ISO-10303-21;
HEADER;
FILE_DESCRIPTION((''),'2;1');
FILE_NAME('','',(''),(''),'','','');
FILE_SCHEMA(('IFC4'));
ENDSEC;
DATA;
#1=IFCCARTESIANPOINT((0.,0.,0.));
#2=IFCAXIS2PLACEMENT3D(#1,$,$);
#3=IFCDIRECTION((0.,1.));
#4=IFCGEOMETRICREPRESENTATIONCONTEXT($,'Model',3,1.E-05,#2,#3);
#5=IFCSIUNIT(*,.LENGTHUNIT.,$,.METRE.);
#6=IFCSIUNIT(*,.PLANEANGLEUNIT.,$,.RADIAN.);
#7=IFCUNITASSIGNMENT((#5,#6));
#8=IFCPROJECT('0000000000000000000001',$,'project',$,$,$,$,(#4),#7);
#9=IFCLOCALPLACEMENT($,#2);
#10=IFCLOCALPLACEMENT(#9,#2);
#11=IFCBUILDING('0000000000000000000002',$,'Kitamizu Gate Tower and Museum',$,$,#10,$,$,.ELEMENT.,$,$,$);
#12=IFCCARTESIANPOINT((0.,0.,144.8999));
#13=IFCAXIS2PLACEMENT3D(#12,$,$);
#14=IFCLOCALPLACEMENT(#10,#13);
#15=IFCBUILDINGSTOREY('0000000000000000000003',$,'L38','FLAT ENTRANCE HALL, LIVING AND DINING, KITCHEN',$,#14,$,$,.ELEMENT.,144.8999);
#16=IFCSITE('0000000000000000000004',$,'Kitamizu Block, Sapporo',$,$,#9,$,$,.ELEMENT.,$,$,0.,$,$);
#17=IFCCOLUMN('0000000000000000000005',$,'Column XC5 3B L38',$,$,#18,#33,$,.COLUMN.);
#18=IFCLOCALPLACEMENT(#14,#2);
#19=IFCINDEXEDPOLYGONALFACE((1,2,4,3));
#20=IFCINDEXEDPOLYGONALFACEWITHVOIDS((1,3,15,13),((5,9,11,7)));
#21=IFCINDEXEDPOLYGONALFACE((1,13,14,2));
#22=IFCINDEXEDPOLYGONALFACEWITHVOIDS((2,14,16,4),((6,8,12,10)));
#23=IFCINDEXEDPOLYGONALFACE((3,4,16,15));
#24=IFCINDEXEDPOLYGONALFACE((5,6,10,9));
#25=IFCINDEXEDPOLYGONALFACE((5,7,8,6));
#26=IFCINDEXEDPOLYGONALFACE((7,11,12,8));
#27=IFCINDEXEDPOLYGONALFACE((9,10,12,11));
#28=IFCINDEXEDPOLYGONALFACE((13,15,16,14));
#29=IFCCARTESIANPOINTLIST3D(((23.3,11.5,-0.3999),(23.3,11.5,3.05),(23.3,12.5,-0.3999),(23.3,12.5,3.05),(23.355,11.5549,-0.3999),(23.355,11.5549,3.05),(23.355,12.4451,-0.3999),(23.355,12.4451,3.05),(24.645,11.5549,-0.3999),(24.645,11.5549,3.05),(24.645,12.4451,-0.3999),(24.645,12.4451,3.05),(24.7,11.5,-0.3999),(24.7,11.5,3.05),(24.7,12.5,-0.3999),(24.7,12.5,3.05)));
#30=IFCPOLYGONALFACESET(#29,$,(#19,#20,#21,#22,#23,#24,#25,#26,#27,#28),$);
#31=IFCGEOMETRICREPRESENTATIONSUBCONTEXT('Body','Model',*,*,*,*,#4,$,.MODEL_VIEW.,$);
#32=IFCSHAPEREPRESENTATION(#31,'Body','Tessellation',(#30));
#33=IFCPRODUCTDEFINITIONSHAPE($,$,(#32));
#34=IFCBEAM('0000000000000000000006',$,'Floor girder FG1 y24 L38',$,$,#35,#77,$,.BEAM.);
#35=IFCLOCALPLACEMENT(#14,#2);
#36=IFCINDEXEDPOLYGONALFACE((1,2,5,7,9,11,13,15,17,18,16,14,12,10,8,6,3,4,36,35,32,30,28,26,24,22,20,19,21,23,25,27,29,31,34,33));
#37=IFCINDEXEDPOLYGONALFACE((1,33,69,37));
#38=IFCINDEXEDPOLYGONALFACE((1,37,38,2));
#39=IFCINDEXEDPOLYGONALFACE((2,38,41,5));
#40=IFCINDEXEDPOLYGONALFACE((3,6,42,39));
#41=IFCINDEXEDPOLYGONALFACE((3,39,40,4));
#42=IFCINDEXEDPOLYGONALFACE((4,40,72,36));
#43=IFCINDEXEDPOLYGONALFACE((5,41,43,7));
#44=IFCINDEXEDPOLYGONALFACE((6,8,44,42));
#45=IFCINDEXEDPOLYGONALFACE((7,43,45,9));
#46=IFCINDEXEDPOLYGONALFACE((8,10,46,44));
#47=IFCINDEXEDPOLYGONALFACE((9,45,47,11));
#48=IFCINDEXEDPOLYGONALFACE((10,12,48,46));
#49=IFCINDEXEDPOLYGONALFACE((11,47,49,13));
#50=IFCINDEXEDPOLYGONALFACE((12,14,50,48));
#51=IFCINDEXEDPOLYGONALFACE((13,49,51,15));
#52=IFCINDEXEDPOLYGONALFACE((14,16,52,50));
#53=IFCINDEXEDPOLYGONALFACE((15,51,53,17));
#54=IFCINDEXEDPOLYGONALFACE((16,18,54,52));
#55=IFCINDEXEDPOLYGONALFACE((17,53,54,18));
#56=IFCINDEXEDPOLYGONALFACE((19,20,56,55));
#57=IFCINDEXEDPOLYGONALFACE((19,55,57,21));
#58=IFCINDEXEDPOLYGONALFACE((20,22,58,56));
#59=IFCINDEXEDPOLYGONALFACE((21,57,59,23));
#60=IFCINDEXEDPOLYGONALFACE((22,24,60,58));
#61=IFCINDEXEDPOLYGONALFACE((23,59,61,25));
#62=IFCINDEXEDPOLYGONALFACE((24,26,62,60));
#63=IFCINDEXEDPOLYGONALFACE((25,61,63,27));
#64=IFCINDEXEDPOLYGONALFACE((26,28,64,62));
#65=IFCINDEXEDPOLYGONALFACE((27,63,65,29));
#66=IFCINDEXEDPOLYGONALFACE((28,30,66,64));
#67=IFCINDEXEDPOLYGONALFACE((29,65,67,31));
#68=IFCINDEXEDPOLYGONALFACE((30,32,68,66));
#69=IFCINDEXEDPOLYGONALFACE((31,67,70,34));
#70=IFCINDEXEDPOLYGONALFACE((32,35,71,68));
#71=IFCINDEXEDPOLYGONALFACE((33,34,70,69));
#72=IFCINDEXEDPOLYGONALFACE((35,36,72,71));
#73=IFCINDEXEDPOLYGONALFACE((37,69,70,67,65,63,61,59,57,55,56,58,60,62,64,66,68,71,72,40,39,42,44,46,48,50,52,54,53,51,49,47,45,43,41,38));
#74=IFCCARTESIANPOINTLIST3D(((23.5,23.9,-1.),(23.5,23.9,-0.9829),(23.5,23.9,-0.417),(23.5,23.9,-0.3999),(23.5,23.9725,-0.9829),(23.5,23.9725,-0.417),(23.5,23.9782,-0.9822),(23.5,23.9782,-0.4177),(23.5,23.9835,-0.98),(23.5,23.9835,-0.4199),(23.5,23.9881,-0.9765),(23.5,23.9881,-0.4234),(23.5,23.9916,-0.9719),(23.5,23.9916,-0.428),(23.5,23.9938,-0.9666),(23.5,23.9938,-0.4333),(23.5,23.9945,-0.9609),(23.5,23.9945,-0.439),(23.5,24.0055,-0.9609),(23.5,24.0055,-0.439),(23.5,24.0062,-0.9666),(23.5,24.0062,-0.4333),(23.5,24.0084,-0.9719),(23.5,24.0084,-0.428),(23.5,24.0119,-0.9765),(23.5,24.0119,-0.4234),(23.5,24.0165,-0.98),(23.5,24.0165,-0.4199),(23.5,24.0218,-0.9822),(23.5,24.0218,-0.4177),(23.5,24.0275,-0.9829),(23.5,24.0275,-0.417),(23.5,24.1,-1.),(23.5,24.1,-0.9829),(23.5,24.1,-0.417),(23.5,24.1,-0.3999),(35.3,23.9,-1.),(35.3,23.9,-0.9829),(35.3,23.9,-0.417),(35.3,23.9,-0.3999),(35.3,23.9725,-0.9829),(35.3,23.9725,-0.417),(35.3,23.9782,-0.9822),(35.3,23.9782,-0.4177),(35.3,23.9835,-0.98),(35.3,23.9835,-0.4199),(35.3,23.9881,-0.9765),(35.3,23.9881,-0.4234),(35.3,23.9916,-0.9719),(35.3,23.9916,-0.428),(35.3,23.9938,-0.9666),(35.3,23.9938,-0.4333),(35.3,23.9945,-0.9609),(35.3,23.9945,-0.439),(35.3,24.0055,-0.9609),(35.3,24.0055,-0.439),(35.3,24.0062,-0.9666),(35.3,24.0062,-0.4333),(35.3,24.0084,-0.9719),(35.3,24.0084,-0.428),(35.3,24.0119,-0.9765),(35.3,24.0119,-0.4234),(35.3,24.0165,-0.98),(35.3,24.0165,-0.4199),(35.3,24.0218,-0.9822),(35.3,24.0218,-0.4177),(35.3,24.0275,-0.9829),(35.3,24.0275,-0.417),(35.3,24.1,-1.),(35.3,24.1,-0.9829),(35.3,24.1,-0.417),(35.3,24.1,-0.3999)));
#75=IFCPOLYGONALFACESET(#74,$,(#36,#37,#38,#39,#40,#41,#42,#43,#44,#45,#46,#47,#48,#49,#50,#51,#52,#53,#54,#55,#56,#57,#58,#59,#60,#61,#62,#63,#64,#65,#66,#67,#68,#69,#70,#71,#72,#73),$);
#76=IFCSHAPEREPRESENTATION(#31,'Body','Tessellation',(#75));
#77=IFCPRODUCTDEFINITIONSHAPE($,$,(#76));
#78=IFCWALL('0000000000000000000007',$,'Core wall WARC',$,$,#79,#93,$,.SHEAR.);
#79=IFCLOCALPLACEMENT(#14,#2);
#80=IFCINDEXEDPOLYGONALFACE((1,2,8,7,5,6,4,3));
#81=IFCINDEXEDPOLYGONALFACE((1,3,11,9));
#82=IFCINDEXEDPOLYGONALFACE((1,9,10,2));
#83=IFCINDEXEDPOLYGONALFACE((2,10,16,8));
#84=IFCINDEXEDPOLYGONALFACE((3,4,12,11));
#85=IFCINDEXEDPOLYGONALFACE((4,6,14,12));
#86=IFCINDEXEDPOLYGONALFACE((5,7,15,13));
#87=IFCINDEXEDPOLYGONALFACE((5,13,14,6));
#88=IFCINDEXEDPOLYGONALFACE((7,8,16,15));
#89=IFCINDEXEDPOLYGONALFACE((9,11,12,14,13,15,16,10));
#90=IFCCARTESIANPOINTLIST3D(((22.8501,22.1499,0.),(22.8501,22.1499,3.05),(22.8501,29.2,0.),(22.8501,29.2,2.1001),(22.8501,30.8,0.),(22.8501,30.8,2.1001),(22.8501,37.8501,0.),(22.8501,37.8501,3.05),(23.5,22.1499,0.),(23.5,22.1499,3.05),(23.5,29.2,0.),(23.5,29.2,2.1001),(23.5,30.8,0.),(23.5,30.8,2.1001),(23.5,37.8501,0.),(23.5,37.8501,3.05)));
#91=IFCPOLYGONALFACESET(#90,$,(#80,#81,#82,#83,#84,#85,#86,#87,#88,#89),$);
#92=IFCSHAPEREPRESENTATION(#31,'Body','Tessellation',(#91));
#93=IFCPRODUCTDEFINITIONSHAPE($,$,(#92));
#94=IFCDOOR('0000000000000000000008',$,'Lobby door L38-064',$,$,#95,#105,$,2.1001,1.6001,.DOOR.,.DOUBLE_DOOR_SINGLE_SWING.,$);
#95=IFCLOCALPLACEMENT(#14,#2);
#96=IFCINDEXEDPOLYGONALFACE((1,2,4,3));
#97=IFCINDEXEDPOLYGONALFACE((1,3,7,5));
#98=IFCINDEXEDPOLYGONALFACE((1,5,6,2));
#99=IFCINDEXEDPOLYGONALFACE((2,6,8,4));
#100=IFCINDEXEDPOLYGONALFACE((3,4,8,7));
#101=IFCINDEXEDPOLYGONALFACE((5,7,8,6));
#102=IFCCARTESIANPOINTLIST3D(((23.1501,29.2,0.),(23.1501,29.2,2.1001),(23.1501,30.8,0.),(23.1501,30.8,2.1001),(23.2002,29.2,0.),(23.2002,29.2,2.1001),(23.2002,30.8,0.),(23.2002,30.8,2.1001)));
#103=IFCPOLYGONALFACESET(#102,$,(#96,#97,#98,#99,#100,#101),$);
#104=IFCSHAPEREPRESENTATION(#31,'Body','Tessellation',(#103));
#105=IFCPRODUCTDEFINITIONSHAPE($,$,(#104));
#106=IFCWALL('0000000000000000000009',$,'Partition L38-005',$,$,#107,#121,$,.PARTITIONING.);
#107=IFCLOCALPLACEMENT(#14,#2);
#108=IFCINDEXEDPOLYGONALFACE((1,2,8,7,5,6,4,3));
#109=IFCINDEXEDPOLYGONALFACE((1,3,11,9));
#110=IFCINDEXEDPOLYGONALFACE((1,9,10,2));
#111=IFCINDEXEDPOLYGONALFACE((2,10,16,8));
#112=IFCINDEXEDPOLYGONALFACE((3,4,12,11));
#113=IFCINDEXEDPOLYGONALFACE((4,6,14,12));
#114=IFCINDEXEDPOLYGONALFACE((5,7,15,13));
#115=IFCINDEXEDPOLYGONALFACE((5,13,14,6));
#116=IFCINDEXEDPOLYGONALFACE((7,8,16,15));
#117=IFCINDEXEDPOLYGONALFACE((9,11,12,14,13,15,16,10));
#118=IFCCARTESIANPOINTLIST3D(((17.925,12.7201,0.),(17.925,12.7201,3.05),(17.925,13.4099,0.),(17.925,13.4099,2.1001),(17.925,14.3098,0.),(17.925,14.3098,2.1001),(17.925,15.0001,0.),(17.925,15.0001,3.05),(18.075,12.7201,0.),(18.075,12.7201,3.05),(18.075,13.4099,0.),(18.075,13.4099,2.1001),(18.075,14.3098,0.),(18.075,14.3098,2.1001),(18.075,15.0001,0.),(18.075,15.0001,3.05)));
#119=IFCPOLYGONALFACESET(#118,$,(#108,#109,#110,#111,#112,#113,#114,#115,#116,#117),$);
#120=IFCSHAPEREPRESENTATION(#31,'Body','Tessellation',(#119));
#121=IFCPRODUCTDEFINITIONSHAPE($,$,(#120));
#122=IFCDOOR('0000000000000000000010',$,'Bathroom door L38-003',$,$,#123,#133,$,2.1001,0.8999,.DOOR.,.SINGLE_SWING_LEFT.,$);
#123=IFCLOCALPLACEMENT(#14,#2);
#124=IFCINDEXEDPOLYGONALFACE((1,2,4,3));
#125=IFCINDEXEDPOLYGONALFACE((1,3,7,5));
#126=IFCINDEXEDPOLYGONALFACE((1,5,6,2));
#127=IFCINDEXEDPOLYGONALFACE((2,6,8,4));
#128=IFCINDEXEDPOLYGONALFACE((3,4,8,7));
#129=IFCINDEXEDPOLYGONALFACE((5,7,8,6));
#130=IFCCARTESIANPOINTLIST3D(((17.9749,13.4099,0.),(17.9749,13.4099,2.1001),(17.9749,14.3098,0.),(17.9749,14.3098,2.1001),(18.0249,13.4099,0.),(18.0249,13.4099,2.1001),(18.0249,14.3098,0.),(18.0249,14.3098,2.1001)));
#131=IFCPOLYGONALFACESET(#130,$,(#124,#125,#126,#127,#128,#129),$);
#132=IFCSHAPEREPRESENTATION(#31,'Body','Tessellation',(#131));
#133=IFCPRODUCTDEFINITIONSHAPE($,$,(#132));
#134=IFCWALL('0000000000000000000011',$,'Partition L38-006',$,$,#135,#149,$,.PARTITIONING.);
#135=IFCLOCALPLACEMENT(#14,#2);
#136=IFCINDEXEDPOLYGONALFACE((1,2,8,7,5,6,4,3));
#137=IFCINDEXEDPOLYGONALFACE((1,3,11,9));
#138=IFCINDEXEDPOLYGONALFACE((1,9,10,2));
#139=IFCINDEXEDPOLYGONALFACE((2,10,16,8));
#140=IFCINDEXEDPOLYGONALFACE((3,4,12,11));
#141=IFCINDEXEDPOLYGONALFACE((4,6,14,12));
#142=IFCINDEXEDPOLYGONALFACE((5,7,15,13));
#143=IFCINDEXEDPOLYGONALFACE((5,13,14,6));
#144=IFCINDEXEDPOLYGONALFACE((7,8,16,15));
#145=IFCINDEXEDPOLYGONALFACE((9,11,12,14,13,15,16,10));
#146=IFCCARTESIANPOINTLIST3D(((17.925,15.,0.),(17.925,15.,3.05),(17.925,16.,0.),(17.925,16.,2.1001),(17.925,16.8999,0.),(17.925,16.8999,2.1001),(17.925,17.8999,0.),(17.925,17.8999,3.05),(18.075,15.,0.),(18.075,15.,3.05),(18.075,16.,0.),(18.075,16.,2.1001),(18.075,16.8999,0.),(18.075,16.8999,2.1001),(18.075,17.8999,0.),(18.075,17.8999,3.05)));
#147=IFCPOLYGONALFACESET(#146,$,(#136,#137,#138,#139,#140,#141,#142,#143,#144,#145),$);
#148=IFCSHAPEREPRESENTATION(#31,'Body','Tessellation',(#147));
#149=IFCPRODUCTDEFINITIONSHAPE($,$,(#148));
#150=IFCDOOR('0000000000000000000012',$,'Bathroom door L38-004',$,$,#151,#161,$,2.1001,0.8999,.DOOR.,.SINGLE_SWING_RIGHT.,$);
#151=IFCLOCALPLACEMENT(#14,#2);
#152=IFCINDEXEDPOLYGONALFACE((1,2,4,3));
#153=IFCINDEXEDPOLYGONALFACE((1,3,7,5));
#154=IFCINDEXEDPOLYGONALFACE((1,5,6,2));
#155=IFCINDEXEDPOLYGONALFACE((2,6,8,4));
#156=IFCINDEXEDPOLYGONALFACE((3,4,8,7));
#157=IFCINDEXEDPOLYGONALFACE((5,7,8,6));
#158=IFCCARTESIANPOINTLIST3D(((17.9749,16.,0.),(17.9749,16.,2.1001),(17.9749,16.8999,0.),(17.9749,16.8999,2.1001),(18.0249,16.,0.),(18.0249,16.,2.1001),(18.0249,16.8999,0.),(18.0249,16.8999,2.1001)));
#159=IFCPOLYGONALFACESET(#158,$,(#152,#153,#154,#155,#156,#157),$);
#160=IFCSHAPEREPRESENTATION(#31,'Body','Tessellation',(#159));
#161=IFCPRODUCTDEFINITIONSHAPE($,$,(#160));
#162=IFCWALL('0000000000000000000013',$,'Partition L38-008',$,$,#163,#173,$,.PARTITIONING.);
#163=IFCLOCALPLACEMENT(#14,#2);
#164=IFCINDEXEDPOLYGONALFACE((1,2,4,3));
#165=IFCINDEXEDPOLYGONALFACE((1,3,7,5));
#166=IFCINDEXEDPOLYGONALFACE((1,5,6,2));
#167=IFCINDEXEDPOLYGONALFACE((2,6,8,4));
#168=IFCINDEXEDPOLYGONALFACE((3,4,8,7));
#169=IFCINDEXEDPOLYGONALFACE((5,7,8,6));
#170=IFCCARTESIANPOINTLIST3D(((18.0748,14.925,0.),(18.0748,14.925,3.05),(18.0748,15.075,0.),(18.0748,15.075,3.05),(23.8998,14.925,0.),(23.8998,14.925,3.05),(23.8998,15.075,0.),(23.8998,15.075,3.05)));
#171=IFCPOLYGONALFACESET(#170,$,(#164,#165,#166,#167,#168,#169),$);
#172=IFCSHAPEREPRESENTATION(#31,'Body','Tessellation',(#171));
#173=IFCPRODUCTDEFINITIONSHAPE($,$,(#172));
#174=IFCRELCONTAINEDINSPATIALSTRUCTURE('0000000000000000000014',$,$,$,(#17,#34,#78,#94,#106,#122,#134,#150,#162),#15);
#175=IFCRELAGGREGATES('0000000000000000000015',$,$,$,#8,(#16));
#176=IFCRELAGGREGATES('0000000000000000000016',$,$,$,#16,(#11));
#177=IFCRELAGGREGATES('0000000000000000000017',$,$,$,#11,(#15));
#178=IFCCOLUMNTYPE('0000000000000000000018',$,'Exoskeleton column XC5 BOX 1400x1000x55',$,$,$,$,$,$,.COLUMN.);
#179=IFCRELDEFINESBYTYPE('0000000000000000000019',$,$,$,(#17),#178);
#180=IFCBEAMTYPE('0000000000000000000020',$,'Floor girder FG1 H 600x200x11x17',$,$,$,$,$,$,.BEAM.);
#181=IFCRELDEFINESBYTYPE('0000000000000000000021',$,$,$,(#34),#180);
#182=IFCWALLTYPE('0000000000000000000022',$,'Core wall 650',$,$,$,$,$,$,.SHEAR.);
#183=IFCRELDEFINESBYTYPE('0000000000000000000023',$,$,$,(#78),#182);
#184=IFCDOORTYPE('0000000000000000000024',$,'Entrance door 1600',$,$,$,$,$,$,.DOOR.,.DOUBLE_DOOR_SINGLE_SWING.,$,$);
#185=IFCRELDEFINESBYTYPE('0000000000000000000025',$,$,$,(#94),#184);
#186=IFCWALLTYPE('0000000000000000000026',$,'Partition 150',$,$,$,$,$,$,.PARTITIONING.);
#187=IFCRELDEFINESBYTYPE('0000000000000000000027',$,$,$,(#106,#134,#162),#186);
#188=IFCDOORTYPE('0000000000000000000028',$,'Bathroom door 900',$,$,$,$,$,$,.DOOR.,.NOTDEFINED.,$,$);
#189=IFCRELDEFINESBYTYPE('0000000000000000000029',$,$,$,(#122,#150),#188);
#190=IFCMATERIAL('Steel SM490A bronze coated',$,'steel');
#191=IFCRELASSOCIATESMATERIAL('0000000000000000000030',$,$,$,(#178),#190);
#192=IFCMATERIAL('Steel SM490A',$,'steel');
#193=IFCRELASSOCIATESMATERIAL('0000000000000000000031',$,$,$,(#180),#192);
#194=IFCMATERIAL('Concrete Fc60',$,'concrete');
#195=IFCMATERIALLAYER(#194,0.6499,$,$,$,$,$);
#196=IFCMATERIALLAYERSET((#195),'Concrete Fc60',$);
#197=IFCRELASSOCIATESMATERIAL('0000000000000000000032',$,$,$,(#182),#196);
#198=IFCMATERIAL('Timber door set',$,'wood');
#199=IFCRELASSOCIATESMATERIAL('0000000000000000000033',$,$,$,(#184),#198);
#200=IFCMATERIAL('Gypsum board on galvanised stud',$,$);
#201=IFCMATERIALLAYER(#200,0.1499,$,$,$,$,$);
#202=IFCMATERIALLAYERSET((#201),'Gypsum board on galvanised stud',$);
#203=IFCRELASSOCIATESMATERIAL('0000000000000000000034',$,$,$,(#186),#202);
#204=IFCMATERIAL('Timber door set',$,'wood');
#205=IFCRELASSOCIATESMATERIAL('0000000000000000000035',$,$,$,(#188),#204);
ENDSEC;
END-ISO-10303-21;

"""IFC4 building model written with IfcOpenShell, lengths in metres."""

from ifc_helpers import new_model, si_unit, direction, frame, frame_2d, origin, origin_2d, place, context, subcontext, project, spatial, rectangle, hollow_rectangle, i_section, extrude, material, layer, layer_set, material_profile, profile_set, type_object, element, fill, save


model = new_model("IFC4")

# Units and contexts
model_context = context("Model", 3, precision=1e-05, world=origin(), true_north=direction((0.0, 1.0)))
body_context = subcontext(model_context, "Body", "Model", "MODEL_VIEW")
ifc_project = project(units=[si_unit("LENGTHUNIT", "METRE"), si_unit("PLANEANGLEUNIT", "RADIAN")], contexts=[model_context])

# Site, building, storey
site_placement = place(None, origin())
site = spatial("IfcSite", under=ifc_project, at=site_placement, Name="Kitamizu Block, Sapporo", CompositionType="ELEMENT", RefElevation=0.0)
building_placement = place(site_placement, origin())
building = spatial("IfcBuilding", under=site, at=building_placement, Name="Kitamizu Gate Tower and Museum", CompositionType="ELEMENT")
storey_placement = place(building_placement, frame((0.0, 0.0, 144.8999)))
storey = spatial("IfcBuildingStorey", under=building, at=storey_placement, Name="L38", Description="FLAT ENTRANCE HALL, LIVING AND DINING, KITCHEN", CompositionType="ELEMENT", Elevation=144.8999)

# Column
ifc_material_1 = material(Name="Steel SM490A bronze coated", Category="steel")
ifc_material_profile_1 = material_profile(ifc_material_1, hollow_rectangle(XDim=1.3999, YDim=1.0, WallThickness=0.0549, at=origin_2d()), Name="BOX 1400x1000x55")
ifc_profile_set_1 = profile_set([ifc_material_profile_1], Name="Steel SM490A bronze coated")
column_type = type_object("IfcColumnType", Name="Exoskeleton column XC5 BOX 1400x1000x55", PredefinedType="COLUMN", material=ifc_profile_set_1)
column_placement = place(storey_placement, frame((24.0, 12.0, -0.3999), z_axis=(0.0, 0.0, 1.0), x_axis=(1.0, 0.0, 0.0)))
element("IfcColumn", 1, at=column_placement, inside=storey, type_object=column_type, Name="Column XC5 3B L38", PredefinedType="COLUMN", context=body_context, shape_type="SweptSolid", body=[
    extrude(hollow_rectangle(XDim=1.3999, YDim=1.0, WallThickness=0.0549, at=origin_2d()), origin(), (0.0, 0.0, 1.0), 3.45),
])

# Beam
ifc_material_2 = material(Name="Steel SM490A", Category="steel")
ifc_material_profile_2 = material_profile(ifc_material_2, i_section(OverallWidth=0.2, OverallDepth=0.6001, WebThickness=0.011, FlangeThickness=0.0171, FilletRadius=0.022, at=origin_2d()), Name="H-600x200x11x17")
ifc_profile_set_2 = profile_set([ifc_material_profile_2], Name="Steel SM490A")
beam_type = type_object("IfcBeamType", Name="Floor girder FG1 H 600x200x11x17", PredefinedType="BEAM", material=ifc_profile_set_2)
beam_placement = place(storey_placement, frame((23.5, 24.0, -0.7), z_axis=(1.0, 0.0, 0.0), x_axis=(0.0, 1.0, 0.0)))
element("IfcBeam", 2, at=beam_placement, inside=storey, type_object=beam_type, Name="Floor girder FG1 y24 L38", PredefinedType="BEAM", context=body_context, shape_type="SweptSolid", body=[
    extrude(i_section(OverallWidth=0.2, OverallDepth=0.6001, WebThickness=0.011, FlangeThickness=0.0171, FilletRadius=0.022, at=origin_2d()), origin(), (0.0, 0.0, 1.0), 11.8),
])

# Walls, openings, doors
ifc_material_3 = material(Name="Concrete Fc60", Category="concrete")
ifc_layer_1 = layer(ifc_material_3, 0.6499)
ifc_layer_set_1 = layer_set([ifc_layer_1], Name="Concrete Fc60")
wall_type_1 = type_object("IfcWallType", Name="Core wall 650", PredefinedType="SHEAR", material=ifc_layer_set_1)
wall_1_placement = place(storey_placement, frame((23.175, 22.1499, 0.0), z_axis=(0.0, 0.0, 1.0), x_axis=(0.0, 1.0, 0.0)))
wall_1 = element("IfcWall", 3, at=wall_1_placement, inside=storey, type_object=wall_type_1, Name="Core wall WARC", PredefinedType="SHEAR", context=body_context, shape_type="SweptSolid", body=[
    extrude(rectangle(XDim=15.7002, YDim=0.6499, at=frame_2d((7.8501, 0.0))), origin(), (0.0, 0.0, 1.0), 3.05),
])
opening_1_placement = place(wall_1_placement, frame((7.05, 0.0, 0.0)))
opening_1 = element("IfcOpeningElement", 4, at=opening_1_placement, cuts=wall_1, PredefinedType="OPENING", context=body_context, shape_type="SweptSolid", body=[
    extrude(rectangle(XDim=1.6001, YDim=2.1001, at=frame_2d((0.8, 1.05))), frame((0.0, 0.335, 0.0), z_axis=(0.0, -1.0, 0.0), x_axis=(1.0, 0.0, 0.0)), (0.0, 0.0, 1.0), 0.6699),
])
ifc_material_4 = material(Name="Timber door set", Category="wood")
door_type_1 = type_object("IfcDoorType", Name="Entrance door 1600", OperationType="DOUBLE_DOOR_SINGLE_SWING", PredefinedType="DOOR", material=ifc_material_4)
door_1_placement = place(opening_1_placement, origin())
door_1 = element("IfcDoor", 5, at=door_1_placement, inside=storey, type_object=door_type_1, Name="Lobby door L38-064", OperationType="DOUBLE_DOOR_SINGLE_SWING", OverallHeight=2.1001, OverallWidth=1.6001, PredefinedType="DOOR", context=body_context, shape_type="SweptSolid", body=[
    extrude(rectangle(XDim=1.6001, YDim=2.1001, at=frame_2d((0.8, 1.05))), frame((0.0, 0.0249, 0.0), z_axis=(0.0, -1.0, 0.0), x_axis=(1.0, 0.0, 0.0)), (0.0, 0.0, 1.0), 0.05),
])
fill(opening_1, door_1)
ifc_material_5 = material(Name="Gypsum board on galvanised stud")
ifc_layer_2 = layer(ifc_material_5, 0.1499)
ifc_layer_set_2 = layer_set([ifc_layer_2], Name="Gypsum board on galvanised stud")
wall_type_2 = type_object("IfcWallType", Name="Partition 150", PredefinedType="PARTITIONING", material=ifc_layer_set_2)
wall_2_placement = place(storey_placement, frame((18.0, 12.72, 0.0), z_axis=(0.0, 0.0, 1.0), x_axis=(0.0, 1.0, 0.0)))
wall_2 = element("IfcWall", 6, at=wall_2_placement, inside=storey, type_object=wall_type_2, Name="Partition L38-005", PredefinedType="PARTITIONING", context=body_context, shape_type="SweptSolid", body=[
    extrude(rectangle(XDim=2.28, YDim=0.1499, at=frame_2d((1.1401, 0.0))), origin(), (0.0, 0.0, 1.0), 3.05),
])
opening_2_placement = place(wall_2_placement, frame((0.6899, 0.0, 0.0)))
opening_2 = element("IfcOpeningElement", 7, at=opening_2_placement, cuts=wall_2, PredefinedType="OPENING", context=body_context, shape_type="SweptSolid", body=[
    extrude(rectangle(XDim=0.8999, YDim=2.1001, at=frame_2d((0.45, 1.05))), frame((0.0, 0.085, 0.0), z_axis=(0.0, -1.0, 0.0), x_axis=(1.0, 0.0, 0.0)), (0.0, 0.0, 1.0), 0.1699),
])
ifc_material_6 = material(Name="Timber door set", Category="wood")
door_type_2 = type_object("IfcDoorType", Name="Bathroom door 900", OperationType="NOTDEFINED", PredefinedType="DOOR", material=ifc_material_6)
door_2_placement = place(opening_2_placement, frame((0.8999, 0.0, 0.0), x_axis=(-1.0, 0.0, 0.0)))
door_2 = element("IfcDoor", 8, at=door_2_placement, inside=storey, type_object=door_type_2, Name="Bathroom door L38-003", OperationType="SINGLE_SWING_LEFT", OverallHeight=2.1001, OverallWidth=0.8999, PredefinedType="DOOR", context=body_context, shape_type="SweptSolid", body=[
    extrude(rectangle(XDim=0.8999, YDim=2.1001, at=frame_2d((0.45, 1.05))), frame((0.0, 0.0249, 0.0), z_axis=(0.0, -1.0, 0.0), x_axis=(1.0, 0.0, 0.0)), (0.0, 0.0, 1.0), 0.05),
])
fill(opening_2, door_2)
wall_3_placement = place(storey_placement, frame((18.0, 15.0, 0.0), z_axis=(0.0, 0.0, 1.0), x_axis=(0.0, 1.0, 0.0)))
wall_3 = element("IfcWall", 9, at=wall_3_placement, inside=storey, type_object=wall_type_2, Name="Partition L38-006", PredefinedType="PARTITIONING", context=body_context, shape_type="SweptSolid", body=[
    extrude(rectangle(XDim=2.8999, YDim=0.1499, at=frame_2d((1.45, 0.0))), origin(), (0.0, 0.0, 1.0), 3.05),
])
opening_3_placement = place(wall_3_placement, frame((1.0, 0.0, 0.0)))
opening_3 = element("IfcOpeningElement", 10, at=opening_3_placement, cuts=wall_3, PredefinedType="OPENING", context=body_context, shape_type="SweptSolid", body=[
    extrude(rectangle(XDim=0.8999, YDim=2.1001, at=frame_2d((0.45, 1.05))), frame((0.0, 0.085, 0.0), z_axis=(0.0, -1.0, 0.0), x_axis=(1.0, 0.0, 0.0)), (0.0, 0.0, 1.0), 0.1699),
])
door_3_placement = place(opening_3_placement, frame((0.8999, 0.0, 0.0), x_axis=(-1.0, 0.0, 0.0)))
door_3 = element("IfcDoor", 11, at=door_3_placement, inside=storey, type_object=door_type_2, Name="Bathroom door L38-004", OperationType="SINGLE_SWING_RIGHT", OverallHeight=2.1001, OverallWidth=0.8999, PredefinedType="DOOR", context=body_context, shape_type="SweptSolid", body=[
    extrude(rectangle(XDim=0.8999, YDim=2.1001, at=frame_2d((0.45, 1.05))), frame((0.0, 0.0249, 0.0), z_axis=(0.0, -1.0, 0.0), x_axis=(1.0, 0.0, 0.0)), (0.0, 0.0, 1.0), 0.05),
])
fill(opening_3, door_3)

# Wall
wall_4_placement = place(storey_placement, frame((23.8999, 15.0, 0.0), z_axis=(0.0, 0.0, 1.0), x_axis=(-1.0, 0.0, 0.0)))
element("IfcWall", 12, at=wall_4_placement, inside=storey, type_object=wall_type_2, Name="Partition L38-008", PredefinedType="PARTITIONING", context=body_context, shape_type="SweptSolid", body=[
    extrude(rectangle(XDim=5.825, YDim=0.1499, at=frame_2d((2.9126, 0.0))), origin(), (0.0, 0.0, 1.0), 3.05),
])

save(model, "model.ifc")
